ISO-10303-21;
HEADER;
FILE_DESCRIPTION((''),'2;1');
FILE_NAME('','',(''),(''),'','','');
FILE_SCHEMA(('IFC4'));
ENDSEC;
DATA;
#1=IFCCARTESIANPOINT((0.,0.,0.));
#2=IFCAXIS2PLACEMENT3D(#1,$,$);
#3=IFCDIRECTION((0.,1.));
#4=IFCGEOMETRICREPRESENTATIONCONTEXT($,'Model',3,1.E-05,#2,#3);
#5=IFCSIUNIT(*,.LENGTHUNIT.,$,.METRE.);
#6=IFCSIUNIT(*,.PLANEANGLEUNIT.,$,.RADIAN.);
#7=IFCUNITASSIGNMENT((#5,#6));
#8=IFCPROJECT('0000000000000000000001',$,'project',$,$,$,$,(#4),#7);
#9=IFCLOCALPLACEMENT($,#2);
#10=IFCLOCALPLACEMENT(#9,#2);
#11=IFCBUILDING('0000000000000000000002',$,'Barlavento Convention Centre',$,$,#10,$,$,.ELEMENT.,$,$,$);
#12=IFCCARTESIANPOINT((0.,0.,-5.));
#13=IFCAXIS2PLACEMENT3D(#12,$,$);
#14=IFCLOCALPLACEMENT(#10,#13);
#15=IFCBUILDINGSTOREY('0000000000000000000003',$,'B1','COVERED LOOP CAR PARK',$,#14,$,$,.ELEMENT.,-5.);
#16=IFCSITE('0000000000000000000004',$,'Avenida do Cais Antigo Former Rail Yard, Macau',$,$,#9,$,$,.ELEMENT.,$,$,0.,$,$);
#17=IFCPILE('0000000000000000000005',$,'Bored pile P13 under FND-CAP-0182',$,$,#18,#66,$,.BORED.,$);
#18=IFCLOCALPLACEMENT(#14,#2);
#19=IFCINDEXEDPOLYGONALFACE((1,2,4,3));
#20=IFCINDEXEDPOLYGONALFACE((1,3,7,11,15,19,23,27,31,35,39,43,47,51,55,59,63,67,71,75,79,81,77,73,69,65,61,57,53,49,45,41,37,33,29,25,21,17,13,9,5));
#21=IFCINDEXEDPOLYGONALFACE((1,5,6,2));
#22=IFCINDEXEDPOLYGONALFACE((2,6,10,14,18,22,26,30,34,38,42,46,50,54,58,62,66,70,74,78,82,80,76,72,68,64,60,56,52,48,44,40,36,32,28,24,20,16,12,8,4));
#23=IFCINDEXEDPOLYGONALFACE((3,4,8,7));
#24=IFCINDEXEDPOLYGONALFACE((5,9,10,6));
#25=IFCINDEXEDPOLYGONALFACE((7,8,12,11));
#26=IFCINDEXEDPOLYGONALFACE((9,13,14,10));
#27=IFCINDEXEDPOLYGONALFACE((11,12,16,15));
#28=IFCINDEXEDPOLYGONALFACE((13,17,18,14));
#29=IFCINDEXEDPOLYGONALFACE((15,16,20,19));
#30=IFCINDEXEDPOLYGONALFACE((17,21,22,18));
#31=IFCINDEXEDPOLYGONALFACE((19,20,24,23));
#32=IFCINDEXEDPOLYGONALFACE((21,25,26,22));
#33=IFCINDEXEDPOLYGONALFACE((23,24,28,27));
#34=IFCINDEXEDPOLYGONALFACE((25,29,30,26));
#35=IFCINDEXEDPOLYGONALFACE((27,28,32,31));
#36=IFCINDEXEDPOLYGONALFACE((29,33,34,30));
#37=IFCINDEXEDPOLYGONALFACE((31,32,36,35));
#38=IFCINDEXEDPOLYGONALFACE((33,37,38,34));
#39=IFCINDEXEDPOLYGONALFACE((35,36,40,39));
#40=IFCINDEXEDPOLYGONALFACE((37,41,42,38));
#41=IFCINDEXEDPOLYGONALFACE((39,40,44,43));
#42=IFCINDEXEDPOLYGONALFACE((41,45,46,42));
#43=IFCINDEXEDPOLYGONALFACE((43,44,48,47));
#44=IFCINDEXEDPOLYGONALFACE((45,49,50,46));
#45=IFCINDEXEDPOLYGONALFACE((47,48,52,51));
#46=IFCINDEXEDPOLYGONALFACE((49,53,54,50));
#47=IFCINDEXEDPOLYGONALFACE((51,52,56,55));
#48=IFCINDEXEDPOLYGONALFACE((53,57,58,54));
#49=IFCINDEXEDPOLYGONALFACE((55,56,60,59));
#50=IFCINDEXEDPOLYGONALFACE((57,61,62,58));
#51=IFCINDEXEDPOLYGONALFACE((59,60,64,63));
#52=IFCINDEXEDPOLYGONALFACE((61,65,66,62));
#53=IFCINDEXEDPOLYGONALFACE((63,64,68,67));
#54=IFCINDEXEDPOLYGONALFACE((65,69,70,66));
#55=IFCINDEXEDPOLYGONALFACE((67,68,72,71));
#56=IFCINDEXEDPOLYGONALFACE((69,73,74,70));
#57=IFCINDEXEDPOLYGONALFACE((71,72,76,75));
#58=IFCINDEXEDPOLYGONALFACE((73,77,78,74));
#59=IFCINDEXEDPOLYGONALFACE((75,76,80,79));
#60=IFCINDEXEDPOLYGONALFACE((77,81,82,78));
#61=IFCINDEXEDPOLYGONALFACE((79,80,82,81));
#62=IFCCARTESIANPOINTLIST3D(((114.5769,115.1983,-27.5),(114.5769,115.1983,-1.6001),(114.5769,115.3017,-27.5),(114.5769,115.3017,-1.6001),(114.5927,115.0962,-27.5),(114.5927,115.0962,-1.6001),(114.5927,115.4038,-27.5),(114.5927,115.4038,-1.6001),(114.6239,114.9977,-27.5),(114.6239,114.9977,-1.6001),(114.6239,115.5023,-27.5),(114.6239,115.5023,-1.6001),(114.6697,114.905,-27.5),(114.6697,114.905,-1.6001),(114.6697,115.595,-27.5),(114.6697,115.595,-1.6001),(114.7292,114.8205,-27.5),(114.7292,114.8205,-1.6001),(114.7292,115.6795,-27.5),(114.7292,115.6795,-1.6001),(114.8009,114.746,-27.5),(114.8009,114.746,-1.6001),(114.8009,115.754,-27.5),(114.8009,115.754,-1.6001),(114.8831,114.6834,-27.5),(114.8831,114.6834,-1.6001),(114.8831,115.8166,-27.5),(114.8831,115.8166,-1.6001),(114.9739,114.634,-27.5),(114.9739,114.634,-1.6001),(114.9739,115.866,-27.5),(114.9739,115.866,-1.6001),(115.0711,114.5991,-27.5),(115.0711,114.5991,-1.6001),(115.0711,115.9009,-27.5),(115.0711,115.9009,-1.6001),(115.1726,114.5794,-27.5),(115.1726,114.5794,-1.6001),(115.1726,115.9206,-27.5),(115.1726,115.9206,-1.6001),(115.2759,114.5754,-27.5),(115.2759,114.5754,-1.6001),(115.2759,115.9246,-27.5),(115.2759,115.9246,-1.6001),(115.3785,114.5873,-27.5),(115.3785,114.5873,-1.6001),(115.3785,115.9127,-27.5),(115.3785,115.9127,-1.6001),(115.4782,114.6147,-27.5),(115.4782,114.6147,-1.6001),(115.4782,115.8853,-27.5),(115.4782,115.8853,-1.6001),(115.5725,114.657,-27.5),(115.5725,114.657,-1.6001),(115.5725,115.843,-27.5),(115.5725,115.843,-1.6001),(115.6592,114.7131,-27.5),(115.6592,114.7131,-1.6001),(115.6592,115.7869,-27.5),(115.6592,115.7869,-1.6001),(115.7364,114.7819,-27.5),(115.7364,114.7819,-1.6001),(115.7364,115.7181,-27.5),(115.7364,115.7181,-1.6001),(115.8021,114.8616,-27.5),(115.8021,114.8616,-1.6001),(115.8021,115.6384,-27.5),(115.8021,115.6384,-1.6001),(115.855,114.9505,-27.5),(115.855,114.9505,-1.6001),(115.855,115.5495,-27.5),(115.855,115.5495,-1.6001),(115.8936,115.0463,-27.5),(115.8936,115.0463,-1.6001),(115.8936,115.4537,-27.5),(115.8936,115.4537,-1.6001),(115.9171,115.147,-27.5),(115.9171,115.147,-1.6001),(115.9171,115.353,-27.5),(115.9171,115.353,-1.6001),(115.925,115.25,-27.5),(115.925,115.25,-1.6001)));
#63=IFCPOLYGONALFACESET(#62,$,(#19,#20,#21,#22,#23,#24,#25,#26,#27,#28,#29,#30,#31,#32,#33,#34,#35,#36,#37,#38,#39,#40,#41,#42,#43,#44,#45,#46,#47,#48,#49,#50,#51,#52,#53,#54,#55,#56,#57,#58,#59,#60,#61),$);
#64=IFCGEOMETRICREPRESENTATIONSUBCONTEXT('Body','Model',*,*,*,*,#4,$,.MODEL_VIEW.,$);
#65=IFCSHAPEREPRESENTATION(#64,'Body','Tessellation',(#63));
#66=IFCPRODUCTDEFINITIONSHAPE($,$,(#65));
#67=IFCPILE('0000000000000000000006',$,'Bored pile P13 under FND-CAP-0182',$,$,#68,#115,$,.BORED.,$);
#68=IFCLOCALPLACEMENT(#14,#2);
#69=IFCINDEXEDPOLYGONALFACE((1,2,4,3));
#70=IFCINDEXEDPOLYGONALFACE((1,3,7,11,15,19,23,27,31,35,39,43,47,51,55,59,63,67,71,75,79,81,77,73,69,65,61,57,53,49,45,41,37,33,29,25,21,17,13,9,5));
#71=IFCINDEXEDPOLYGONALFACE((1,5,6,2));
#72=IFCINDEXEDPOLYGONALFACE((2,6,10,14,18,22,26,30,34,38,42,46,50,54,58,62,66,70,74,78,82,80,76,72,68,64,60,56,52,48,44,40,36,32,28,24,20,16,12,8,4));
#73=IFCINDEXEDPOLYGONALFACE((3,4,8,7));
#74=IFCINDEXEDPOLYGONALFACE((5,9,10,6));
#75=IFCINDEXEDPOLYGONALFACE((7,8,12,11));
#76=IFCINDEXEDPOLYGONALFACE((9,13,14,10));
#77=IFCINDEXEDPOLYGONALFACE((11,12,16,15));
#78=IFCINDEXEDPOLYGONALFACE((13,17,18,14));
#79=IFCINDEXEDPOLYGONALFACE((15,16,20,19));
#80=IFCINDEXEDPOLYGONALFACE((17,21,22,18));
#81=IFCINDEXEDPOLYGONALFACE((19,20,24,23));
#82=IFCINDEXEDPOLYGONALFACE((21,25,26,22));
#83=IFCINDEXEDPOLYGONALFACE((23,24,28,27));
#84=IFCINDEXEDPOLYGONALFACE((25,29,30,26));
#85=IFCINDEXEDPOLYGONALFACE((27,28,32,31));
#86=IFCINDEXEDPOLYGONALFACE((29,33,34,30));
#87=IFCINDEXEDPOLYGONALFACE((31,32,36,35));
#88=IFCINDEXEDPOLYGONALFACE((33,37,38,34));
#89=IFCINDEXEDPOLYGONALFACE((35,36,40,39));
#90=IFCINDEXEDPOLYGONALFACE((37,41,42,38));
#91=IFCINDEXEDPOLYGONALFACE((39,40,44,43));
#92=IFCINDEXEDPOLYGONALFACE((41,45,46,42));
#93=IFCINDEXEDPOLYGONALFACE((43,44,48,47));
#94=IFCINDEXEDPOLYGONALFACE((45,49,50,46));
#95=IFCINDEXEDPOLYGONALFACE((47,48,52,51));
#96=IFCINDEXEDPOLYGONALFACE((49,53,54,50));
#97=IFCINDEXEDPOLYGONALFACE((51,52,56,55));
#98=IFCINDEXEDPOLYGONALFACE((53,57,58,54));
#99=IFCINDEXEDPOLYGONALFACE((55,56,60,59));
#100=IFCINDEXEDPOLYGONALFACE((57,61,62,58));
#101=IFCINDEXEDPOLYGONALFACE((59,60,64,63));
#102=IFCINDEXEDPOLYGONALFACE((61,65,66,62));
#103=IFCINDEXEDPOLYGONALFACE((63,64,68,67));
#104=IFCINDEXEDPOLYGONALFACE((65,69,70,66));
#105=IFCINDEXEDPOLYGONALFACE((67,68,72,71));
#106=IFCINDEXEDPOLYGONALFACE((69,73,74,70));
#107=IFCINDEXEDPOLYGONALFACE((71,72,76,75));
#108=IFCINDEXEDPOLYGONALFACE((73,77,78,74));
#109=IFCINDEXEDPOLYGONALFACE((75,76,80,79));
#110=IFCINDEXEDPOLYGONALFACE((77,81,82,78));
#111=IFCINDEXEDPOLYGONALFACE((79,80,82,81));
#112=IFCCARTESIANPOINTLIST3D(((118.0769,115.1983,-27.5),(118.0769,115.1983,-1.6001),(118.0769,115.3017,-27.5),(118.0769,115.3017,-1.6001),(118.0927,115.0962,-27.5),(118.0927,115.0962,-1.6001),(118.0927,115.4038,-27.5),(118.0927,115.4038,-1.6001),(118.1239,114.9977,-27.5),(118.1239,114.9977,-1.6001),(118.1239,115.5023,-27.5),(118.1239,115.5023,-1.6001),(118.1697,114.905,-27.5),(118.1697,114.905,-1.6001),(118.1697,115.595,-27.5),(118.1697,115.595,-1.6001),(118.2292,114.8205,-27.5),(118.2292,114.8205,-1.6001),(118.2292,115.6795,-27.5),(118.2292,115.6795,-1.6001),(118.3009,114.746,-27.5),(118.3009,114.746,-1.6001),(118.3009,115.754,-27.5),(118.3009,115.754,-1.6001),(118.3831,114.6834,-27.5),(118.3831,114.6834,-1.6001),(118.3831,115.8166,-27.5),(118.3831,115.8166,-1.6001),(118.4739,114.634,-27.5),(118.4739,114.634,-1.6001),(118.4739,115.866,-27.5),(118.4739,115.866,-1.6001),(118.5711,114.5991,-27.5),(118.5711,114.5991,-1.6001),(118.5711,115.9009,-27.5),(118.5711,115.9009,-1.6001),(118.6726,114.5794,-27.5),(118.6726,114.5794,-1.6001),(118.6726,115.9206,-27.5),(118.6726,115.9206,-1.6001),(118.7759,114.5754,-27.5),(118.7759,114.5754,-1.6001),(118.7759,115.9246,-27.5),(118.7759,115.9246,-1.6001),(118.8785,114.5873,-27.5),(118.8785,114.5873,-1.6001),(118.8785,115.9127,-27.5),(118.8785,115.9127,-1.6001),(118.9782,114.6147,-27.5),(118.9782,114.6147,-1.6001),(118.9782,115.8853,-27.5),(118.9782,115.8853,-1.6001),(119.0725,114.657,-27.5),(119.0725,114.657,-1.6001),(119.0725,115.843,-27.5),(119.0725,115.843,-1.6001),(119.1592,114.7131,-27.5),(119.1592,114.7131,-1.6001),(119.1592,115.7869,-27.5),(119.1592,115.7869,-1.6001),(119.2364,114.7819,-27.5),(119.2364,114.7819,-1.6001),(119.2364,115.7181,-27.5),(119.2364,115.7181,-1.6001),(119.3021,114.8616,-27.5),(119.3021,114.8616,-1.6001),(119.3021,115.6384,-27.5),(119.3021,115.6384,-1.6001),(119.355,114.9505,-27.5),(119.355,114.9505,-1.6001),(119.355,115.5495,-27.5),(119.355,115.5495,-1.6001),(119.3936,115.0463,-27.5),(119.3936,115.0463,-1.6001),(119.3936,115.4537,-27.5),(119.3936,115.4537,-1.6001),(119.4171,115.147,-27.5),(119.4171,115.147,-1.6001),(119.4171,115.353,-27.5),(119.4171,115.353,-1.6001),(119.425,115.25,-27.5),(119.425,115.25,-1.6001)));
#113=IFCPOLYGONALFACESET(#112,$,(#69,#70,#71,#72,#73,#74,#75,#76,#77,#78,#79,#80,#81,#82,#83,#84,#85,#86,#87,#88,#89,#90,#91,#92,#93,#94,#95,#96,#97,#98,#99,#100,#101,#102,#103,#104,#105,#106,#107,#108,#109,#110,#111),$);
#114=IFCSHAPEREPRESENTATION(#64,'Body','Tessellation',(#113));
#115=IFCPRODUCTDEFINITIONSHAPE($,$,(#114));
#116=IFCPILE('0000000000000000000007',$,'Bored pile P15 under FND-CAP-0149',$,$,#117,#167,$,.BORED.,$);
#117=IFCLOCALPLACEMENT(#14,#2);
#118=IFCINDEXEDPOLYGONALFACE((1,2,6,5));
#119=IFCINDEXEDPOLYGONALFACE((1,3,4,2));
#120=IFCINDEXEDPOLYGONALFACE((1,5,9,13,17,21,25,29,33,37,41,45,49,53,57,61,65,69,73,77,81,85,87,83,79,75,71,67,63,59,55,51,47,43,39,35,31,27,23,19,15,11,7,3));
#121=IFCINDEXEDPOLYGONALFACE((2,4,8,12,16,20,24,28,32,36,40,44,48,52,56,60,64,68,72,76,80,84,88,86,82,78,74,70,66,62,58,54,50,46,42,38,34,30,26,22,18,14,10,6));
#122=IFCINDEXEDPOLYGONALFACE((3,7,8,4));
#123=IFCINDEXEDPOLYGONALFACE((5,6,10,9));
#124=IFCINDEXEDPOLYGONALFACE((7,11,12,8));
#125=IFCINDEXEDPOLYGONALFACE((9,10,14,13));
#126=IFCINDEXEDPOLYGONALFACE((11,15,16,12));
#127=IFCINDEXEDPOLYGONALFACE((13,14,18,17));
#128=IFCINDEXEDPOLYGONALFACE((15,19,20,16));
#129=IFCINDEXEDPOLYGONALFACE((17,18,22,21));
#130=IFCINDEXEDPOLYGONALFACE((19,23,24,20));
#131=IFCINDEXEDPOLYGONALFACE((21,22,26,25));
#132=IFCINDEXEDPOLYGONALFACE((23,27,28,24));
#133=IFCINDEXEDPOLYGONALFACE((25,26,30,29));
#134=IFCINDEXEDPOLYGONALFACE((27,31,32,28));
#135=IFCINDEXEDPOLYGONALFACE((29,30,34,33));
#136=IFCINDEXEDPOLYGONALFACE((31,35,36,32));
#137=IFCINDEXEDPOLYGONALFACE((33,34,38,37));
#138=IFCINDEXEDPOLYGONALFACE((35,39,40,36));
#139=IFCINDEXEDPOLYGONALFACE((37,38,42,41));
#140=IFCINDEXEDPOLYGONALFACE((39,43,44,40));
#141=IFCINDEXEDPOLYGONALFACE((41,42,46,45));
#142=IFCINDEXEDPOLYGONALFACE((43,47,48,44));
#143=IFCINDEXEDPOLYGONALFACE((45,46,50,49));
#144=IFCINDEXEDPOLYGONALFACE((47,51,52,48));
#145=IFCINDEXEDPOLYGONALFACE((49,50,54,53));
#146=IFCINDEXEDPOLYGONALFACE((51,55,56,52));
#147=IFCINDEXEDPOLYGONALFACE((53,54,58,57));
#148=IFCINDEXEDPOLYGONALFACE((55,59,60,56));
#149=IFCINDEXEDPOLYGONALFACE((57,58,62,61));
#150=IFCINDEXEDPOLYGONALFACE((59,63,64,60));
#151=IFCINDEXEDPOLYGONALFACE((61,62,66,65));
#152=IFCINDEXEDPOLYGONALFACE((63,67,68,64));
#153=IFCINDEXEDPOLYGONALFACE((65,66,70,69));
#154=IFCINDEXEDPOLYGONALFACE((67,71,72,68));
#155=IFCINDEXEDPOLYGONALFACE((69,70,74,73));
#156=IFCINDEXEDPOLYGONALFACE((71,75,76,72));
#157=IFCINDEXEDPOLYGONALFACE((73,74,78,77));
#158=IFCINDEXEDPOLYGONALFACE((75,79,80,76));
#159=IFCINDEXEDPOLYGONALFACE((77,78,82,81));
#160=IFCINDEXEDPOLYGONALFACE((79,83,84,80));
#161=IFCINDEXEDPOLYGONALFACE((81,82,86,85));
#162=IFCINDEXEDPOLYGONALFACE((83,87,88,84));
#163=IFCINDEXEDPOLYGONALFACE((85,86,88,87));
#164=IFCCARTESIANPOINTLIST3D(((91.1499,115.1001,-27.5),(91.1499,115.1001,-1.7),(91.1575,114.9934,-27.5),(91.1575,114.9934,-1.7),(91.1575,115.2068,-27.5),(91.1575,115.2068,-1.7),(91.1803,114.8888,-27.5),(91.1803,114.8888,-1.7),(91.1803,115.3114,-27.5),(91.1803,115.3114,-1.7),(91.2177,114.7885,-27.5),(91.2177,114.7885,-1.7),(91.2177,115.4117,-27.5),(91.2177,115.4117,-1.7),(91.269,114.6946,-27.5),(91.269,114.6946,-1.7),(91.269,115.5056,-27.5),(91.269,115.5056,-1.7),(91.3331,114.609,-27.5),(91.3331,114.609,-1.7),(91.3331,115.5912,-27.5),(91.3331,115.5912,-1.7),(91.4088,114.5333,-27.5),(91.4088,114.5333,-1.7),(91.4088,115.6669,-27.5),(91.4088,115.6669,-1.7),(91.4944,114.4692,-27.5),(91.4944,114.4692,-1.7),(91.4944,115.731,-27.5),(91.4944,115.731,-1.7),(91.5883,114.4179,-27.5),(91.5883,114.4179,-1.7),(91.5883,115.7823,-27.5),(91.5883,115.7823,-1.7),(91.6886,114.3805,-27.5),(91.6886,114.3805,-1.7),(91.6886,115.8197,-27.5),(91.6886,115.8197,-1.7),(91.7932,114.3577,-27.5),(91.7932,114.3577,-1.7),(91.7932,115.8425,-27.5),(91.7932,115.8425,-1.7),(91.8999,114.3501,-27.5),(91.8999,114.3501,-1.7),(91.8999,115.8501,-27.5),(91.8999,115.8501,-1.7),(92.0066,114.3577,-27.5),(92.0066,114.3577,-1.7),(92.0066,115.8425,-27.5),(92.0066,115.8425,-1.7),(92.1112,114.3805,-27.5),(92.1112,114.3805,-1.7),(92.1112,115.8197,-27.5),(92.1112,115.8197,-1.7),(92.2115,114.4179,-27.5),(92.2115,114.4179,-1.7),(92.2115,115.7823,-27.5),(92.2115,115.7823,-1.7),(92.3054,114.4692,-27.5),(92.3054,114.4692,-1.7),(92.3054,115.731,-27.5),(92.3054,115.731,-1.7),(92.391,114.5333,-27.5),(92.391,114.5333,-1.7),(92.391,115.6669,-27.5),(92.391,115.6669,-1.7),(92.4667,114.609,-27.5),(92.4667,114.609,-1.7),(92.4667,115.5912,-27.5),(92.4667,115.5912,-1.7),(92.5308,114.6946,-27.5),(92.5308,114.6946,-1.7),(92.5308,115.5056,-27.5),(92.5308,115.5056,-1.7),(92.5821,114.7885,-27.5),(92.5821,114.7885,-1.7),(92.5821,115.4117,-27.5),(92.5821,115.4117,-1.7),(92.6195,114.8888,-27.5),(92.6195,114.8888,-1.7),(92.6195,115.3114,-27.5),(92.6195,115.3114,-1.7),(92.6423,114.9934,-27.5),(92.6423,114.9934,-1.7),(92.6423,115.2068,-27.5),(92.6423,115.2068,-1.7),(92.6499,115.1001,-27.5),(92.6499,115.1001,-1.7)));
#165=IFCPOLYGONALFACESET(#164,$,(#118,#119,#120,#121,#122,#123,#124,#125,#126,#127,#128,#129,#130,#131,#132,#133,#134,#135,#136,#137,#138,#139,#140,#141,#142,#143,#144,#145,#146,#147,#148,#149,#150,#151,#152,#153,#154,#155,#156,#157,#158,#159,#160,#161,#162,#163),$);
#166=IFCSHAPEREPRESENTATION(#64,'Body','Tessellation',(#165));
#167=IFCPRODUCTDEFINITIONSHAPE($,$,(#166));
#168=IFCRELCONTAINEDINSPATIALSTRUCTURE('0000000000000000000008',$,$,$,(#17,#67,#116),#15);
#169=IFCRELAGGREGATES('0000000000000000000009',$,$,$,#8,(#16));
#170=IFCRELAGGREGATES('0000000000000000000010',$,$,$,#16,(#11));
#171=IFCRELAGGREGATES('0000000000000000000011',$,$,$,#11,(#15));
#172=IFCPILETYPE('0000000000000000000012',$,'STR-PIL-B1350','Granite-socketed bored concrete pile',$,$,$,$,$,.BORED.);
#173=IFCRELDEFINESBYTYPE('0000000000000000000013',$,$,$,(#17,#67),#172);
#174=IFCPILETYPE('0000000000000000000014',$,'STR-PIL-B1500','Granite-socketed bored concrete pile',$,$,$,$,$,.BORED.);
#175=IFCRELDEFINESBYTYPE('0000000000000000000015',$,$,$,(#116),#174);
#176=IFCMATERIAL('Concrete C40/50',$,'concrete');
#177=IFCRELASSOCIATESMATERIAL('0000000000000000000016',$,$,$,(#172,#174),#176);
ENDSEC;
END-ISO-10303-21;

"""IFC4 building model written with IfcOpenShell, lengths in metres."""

from ifc_helpers import new_model, si_unit, direction, frame, origin, origin_2d, place, context, subcontext, project, spatial, circle, extrude, material, material_profile, profile_set, type_object, element, save


model = new_model("IFC4")

# Units and contexts
model_context = context("Model", 3, precision=1e-05, world=origin(), true_north=direction((0.0, 1.0)))
body_context = subcontext(model_context, "Body", "Model", "MODEL_VIEW")
ifc_project = project(units=[si_unit("LENGTHUNIT", "METRE"), si_unit("PLANEANGLEUNIT", "RADIAN")], contexts=[model_context])

# Site, building, storey
site_placement = place(None, origin())
site = spatial("IfcSite", under=ifc_project, at=site_placement, Name="Avenida do Cais Antigo Former Rail Yard, Macau", CompositionType="ELEMENT", RefElevation=0.0)
building_placement = place(site_placement, origin())
building = spatial("IfcBuilding", under=site, at=building_placement, Name="Barlavento Convention Centre", CompositionType="ELEMENT")
storey_placement = place(building_placement, frame((0.0, 0.0, -5.0)))
storey = spatial("IfcBuildingStorey", under=building, at=storey_placement, Name="B1", Description="COVERED LOOP CAR PARK", CompositionType="ELEMENT", Elevation=-5.0)

# Shared definitions
ifc_material_1 = material(Name="Concrete C40/50", Category="concrete")

# Piles
ifc_material_profile_1 = material_profile(ifc_material_1, circle(Radius=0.675, at=origin_2d()), Name="BORED PILE 1350")
ifc_profile_set_1 = profile_set([ifc_material_profile_1], Name="Concrete C40/50")
pile_type_1 = type_object("IfcPileType", Name="STR-PIL-B1350", Description="Granite-socketed bored concrete pile", PredefinedType="BORED", material=ifc_profile_set_1)
for number, where, z_axis, x_axis, name in (
    (1, (115.25, 115.25, -1.6001), (0.0, 0.0, -1.0), (1.0, 0.0, 0.0), "Bored pile P13 under FND-CAP-0182"),
    (2, (118.75, 115.25, -1.6001), (0.0, 0.0, -1.0), (1.0, 0.0, 0.0), "Bored pile P13 under FND-CAP-0182"),
):
    element("IfcPile", number, at=place(storey_placement, frame(where, z_axis=z_axis, x_axis=x_axis)), inside=storey, type_object=pile_type_1, Name=name, PredefinedType="BORED", context=body_context, shape_type="SweptSolid", body=[
        extrude(circle(Radius=0.675, at=origin_2d()), origin(), (0.0, 0.0, 1.0), 25.8999),
    ])
ifc_material_profile_2 = material_profile(ifc_material_1, circle(Radius=0.75, at=origin_2d()), Name="BORED PILE 1500")
ifc_profile_set_2 = profile_set([ifc_material_profile_2], Name="Concrete C40/50")
pile_type_2 = type_object("IfcPileType", Name="STR-PIL-B1500", Description="Granite-socketed bored concrete pile", PredefinedType="BORED", material=ifc_profile_set_2)
for number, where, z_axis, x_axis, name in (
    (3, (91.8999, 115.1001, -1.7), (0.0, 0.0, -1.0), (1.0, 0.0, 0.0), "Bored pile P15 under FND-CAP-0149"),
):
    element("IfcPile", number, at=place(storey_placement, frame(where, z_axis=z_axis, x_axis=x_axis)), inside=storey, type_object=pile_type_2, Name=name, PredefinedType="BORED", context=body_context, shape_type="SweptSolid", body=[
        extrude(circle(Radius=0.75, at=origin_2d()), origin(), (0.0, 0.0, 1.0), 25.8),
    ])

save(model, "model.ifc")
